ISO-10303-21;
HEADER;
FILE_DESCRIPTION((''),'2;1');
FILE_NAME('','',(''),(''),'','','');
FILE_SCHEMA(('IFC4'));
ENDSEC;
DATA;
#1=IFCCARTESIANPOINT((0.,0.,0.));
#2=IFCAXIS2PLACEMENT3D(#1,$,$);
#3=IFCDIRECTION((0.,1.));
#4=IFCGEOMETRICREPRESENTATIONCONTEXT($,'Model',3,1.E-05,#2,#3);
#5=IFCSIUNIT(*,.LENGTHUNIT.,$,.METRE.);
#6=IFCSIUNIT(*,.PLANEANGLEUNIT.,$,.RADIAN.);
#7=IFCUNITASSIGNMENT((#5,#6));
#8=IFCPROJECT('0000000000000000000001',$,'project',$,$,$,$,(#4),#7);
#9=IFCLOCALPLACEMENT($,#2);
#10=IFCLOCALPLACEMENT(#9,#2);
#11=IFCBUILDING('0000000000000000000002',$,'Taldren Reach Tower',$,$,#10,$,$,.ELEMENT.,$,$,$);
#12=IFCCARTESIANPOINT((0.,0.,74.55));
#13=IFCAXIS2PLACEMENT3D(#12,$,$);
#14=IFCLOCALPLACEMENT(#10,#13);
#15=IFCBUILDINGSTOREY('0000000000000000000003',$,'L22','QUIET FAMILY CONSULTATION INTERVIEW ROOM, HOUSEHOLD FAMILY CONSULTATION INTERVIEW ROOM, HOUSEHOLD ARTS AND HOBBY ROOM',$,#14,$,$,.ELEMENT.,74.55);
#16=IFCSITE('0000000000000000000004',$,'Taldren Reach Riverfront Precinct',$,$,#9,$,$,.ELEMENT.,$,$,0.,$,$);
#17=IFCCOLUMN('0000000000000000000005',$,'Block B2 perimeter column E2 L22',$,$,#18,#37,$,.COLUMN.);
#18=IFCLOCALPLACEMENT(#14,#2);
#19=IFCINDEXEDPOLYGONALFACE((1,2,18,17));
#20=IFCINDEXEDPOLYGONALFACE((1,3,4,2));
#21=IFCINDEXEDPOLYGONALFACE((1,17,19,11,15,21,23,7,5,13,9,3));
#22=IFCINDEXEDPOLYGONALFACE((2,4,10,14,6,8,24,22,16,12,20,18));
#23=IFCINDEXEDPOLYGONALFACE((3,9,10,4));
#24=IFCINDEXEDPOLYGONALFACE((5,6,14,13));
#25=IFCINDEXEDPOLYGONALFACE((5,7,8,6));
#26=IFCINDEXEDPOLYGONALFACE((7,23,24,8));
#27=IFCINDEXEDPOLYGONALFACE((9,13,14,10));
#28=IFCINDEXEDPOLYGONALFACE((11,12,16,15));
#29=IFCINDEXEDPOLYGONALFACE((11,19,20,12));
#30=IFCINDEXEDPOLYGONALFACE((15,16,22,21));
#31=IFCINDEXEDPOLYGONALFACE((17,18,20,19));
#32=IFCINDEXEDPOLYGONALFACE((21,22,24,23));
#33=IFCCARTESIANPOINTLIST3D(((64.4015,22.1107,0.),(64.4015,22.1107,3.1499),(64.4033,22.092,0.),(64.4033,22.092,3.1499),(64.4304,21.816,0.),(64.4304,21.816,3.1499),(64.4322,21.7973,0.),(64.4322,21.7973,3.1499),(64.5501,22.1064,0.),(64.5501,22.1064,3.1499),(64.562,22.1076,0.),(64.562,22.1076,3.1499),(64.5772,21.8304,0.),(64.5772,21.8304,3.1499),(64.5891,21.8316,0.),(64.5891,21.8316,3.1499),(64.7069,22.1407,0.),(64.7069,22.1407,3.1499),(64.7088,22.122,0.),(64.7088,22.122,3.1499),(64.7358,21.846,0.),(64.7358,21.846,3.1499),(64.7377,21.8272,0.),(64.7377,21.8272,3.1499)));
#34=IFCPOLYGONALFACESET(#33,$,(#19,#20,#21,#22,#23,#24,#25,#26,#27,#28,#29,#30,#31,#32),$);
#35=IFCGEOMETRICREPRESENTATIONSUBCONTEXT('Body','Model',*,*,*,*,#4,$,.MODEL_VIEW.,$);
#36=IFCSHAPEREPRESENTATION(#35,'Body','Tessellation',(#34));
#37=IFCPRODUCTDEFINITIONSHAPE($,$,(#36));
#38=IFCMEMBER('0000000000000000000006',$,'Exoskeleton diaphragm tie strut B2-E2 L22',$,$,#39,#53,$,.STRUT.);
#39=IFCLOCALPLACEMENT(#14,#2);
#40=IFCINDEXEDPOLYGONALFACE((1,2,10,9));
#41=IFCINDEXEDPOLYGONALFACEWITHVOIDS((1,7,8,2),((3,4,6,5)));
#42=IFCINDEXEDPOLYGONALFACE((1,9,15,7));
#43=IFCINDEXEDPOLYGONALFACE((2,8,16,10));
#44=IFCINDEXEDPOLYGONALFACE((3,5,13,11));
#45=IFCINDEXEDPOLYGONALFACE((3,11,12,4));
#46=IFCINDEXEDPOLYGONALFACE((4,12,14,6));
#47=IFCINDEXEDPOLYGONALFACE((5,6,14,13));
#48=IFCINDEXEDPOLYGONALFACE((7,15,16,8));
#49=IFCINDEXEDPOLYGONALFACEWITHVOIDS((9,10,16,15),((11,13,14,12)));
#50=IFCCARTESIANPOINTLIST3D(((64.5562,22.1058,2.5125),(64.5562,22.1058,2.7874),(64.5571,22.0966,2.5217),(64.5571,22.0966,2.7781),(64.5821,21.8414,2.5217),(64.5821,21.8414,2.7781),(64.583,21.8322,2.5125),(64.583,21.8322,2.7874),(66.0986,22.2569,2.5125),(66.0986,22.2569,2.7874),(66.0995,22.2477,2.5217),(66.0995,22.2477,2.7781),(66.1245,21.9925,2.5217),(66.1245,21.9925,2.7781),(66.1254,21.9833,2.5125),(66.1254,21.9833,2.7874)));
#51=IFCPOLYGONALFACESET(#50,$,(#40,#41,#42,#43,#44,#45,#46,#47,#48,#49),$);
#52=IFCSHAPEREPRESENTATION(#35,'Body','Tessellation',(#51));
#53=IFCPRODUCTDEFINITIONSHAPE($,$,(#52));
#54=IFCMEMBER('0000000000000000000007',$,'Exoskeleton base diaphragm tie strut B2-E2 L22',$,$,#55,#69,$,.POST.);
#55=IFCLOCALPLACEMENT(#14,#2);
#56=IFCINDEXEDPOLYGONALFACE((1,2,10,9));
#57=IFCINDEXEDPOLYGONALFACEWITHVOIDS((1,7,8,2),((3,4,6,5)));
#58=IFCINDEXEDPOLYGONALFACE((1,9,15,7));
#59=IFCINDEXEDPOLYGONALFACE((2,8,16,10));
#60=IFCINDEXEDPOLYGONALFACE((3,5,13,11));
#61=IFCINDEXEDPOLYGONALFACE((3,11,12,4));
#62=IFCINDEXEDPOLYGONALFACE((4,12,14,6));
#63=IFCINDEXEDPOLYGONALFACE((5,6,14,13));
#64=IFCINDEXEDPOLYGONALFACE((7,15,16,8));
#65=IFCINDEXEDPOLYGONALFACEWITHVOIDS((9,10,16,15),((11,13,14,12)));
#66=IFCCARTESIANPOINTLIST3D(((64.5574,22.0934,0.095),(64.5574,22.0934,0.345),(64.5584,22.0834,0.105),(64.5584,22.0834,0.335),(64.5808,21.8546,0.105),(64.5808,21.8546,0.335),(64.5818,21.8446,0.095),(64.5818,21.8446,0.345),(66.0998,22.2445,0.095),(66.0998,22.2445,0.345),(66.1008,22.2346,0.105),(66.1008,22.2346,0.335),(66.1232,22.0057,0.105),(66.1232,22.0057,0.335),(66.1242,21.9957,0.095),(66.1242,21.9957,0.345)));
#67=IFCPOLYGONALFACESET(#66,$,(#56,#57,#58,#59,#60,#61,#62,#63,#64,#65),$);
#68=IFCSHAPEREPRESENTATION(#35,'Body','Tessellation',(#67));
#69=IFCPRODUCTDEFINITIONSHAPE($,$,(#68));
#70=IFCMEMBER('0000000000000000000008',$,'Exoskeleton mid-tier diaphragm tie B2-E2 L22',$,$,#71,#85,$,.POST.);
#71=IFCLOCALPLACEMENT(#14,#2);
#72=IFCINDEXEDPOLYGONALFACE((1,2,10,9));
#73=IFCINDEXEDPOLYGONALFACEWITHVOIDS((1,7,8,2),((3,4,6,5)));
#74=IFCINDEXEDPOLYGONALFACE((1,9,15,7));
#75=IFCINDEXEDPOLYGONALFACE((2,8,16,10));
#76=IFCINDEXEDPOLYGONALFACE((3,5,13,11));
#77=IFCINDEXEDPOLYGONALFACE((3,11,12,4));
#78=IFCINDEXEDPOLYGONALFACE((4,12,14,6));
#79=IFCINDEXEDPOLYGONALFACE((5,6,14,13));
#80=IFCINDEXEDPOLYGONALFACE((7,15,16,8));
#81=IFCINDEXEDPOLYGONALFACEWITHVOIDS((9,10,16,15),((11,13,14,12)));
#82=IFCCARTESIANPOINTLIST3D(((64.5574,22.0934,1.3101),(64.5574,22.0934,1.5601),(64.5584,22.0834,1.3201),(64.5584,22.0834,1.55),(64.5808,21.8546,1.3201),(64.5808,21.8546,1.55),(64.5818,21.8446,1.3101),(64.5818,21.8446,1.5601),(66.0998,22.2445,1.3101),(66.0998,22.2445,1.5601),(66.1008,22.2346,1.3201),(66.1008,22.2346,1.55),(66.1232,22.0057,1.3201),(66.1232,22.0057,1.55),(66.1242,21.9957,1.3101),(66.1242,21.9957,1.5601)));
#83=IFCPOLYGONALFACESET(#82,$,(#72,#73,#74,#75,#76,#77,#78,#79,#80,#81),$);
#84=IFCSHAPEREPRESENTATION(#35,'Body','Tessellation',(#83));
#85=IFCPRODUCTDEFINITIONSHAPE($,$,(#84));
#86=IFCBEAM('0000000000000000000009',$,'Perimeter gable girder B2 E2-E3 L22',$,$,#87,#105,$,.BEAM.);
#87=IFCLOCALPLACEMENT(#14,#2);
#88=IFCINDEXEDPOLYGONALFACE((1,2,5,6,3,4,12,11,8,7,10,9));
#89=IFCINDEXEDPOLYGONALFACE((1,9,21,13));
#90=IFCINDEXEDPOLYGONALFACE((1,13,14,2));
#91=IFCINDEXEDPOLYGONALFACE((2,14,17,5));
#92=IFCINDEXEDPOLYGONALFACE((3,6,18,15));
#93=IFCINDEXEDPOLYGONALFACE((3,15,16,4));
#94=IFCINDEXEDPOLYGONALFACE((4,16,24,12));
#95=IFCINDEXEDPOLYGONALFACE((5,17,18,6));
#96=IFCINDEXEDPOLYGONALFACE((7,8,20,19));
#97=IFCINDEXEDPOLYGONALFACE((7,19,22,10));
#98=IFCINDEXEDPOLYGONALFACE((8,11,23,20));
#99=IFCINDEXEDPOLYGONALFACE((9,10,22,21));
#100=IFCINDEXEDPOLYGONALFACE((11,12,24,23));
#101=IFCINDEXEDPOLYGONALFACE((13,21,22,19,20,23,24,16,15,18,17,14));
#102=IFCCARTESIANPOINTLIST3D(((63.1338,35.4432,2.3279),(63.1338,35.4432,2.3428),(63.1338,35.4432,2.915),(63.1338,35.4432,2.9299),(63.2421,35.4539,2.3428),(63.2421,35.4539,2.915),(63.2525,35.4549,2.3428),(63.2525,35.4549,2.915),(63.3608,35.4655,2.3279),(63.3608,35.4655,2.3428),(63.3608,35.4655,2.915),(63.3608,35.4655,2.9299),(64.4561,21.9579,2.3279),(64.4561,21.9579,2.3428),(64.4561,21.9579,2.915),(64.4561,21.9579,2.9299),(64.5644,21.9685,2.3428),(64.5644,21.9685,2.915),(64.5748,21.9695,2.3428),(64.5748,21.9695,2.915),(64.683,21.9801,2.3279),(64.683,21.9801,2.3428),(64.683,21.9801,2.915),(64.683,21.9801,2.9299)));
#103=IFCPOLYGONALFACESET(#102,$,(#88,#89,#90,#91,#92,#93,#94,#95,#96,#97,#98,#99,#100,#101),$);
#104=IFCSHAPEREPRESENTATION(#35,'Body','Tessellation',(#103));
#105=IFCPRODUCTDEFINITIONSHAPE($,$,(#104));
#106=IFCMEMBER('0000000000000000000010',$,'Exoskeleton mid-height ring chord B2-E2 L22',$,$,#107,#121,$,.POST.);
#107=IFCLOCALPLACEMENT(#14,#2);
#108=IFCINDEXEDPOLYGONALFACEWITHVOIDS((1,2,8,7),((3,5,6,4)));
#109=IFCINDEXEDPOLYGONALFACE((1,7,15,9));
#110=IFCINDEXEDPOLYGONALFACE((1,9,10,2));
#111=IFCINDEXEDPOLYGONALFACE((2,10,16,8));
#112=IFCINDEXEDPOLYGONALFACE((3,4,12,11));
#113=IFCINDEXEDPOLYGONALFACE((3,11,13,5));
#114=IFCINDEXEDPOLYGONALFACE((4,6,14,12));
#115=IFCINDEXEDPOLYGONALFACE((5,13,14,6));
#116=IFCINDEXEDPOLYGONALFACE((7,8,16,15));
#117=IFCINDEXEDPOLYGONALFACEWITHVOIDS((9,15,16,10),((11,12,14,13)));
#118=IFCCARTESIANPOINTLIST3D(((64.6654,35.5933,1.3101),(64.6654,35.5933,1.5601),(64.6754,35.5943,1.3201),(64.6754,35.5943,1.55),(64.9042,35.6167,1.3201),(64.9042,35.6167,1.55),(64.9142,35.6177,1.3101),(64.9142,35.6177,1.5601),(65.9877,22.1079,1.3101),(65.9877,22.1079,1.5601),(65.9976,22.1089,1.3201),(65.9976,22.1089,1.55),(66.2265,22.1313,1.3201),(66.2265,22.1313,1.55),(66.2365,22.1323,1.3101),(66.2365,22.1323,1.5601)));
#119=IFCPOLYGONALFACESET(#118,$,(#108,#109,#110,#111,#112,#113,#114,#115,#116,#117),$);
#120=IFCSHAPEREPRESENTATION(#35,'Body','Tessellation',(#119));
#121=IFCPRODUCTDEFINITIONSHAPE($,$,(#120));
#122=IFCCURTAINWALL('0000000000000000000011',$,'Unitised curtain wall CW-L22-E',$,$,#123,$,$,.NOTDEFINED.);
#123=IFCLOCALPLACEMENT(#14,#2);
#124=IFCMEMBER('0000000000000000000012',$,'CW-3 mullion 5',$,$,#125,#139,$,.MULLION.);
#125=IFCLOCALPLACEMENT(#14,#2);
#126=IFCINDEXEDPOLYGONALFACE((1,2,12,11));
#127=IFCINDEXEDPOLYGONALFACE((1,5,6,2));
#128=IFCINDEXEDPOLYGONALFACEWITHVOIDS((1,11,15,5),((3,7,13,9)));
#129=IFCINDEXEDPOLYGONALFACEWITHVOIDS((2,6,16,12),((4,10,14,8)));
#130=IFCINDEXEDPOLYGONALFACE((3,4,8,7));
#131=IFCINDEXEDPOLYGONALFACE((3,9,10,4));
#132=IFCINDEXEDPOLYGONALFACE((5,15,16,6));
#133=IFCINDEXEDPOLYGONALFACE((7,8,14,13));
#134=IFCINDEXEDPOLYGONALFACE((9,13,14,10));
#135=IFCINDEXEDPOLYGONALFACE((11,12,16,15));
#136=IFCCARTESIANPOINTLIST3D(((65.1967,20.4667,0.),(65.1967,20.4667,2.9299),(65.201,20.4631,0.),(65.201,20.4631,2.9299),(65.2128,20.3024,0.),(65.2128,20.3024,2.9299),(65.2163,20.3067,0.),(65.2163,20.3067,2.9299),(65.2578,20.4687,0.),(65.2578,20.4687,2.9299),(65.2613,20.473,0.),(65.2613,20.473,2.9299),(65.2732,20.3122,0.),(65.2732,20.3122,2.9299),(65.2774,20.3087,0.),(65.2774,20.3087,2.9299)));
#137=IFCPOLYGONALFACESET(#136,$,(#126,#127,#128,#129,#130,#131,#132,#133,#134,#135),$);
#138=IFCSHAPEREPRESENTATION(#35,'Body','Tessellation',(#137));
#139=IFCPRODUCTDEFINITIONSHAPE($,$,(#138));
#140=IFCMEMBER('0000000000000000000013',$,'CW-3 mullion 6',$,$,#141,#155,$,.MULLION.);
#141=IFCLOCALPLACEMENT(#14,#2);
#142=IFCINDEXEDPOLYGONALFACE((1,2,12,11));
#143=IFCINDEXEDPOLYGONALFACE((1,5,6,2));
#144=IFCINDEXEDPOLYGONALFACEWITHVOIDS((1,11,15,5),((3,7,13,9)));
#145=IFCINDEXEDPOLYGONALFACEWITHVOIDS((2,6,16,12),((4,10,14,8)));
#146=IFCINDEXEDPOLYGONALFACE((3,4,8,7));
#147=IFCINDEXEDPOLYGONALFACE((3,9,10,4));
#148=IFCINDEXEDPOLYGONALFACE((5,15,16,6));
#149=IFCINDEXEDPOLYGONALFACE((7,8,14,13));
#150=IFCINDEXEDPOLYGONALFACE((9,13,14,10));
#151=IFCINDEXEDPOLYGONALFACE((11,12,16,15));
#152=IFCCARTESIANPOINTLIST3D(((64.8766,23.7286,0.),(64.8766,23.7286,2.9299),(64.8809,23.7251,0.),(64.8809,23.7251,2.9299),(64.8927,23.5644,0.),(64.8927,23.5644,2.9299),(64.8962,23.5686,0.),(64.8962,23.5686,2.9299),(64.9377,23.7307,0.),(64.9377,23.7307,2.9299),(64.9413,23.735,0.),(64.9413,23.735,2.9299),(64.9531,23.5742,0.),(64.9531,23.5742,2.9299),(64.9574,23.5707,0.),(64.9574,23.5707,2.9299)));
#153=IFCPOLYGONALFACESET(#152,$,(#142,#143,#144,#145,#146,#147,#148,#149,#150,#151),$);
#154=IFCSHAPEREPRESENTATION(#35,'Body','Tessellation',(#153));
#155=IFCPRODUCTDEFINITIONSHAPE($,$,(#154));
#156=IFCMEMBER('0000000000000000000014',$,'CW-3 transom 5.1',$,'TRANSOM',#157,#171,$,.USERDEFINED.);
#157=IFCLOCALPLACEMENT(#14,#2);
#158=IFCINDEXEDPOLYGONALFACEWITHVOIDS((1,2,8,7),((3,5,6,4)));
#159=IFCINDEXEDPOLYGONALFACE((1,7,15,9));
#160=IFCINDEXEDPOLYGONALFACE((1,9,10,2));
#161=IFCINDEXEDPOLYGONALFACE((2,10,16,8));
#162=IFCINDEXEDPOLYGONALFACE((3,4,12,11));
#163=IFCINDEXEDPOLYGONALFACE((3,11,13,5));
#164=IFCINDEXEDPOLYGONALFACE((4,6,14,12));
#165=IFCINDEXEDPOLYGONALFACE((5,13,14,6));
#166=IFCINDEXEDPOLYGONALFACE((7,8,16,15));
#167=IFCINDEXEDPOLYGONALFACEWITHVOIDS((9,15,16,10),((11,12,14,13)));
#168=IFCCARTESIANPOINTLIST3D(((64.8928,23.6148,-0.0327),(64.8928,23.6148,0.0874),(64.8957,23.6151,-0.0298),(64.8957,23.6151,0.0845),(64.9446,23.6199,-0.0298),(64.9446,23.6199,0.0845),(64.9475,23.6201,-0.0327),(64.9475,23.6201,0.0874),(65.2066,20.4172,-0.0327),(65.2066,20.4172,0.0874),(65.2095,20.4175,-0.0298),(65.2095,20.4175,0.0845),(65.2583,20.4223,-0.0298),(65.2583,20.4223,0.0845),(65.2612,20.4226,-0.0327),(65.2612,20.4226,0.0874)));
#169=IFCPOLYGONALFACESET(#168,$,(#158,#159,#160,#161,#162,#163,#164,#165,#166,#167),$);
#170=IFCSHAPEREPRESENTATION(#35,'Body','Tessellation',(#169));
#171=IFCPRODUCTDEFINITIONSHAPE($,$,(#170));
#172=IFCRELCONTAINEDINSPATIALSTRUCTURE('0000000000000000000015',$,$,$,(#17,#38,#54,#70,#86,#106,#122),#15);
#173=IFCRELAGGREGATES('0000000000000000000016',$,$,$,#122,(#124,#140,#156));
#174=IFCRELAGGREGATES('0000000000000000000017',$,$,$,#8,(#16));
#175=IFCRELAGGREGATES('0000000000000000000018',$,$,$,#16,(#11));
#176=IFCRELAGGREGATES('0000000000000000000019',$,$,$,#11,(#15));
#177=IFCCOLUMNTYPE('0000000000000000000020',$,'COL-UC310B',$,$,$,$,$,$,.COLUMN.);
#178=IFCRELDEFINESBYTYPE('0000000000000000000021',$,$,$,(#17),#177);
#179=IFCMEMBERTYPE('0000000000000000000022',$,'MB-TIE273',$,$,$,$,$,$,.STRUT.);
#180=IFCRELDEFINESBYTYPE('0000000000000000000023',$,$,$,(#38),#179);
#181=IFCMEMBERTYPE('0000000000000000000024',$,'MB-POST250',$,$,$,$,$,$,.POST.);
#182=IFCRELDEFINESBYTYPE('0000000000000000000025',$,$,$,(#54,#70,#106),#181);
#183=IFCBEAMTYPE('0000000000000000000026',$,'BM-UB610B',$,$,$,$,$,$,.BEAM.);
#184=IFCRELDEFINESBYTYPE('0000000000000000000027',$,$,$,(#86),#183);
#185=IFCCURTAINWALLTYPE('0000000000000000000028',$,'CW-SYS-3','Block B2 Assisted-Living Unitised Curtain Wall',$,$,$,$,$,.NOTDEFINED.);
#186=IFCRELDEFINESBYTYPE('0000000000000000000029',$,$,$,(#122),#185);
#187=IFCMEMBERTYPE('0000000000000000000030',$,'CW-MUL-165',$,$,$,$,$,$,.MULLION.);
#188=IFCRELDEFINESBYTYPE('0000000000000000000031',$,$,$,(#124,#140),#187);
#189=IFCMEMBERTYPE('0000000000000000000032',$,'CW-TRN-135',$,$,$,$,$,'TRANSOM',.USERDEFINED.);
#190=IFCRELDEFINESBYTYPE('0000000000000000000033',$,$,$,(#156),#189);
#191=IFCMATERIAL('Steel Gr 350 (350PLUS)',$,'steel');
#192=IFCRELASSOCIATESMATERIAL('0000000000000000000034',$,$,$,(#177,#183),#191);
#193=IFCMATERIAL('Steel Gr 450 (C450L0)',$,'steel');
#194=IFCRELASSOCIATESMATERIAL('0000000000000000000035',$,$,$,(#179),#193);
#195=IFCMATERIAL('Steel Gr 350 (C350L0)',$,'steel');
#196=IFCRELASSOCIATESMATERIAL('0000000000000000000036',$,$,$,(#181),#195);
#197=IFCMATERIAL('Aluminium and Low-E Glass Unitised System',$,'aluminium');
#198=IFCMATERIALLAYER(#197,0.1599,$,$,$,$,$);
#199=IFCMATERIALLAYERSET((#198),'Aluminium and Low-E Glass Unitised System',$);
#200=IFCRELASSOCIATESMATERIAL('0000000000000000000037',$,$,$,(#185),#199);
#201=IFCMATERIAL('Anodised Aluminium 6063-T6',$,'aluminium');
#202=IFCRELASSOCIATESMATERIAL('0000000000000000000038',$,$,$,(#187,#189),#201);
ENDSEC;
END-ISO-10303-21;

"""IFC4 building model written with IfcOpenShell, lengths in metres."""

from ifc_helpers import new_model, si_unit, direction, frame, origin, origin_2d, place, context, subcontext, project, spatial, hollow_rectangle, i_section, extrude, source, transform, mapped, material, layer, layer_set, material_profile, profile_set, type_object, element, aggregate, save


model = new_model("IFC4")

# Units and contexts
model_context = context("Model", 3, precision=1e-05, world=origin(), true_north=direction((0.0, 1.0)))
body_context = subcontext(model_context, "Body", "Model", "MODEL_VIEW")
ifc_project = project(units=[si_unit("LENGTHUNIT", "METRE"), si_unit("PLANEANGLEUNIT", "RADIAN")], contexts=[model_context])

# Site, building, storey
site_placement = place(None, origin())
site = spatial("IfcSite", under=ifc_project, at=site_placement, Name="Taldren Reach Riverfront Precinct", CompositionType="ELEMENT", RefElevation=0.0)
building_placement = place(site_placement, origin())
building = spatial("IfcBuilding", under=site, at=building_placement, Name="Taldren Reach Tower", CompositionType="ELEMENT")
storey_placement = place(building_placement, frame((0.0, 0.0, 74.55)))
storey = spatial("IfcBuildingStorey", under=building, at=storey_placement, Name="L22", Description="QUIET FAMILY CONSULTATION INTERVIEW ROOM, HOUSEHOLD FAMILY CONSULTATION INTERVIEW ROOM, HOUSEHOLD ARTS AND HOBBY ROOM", CompositionType="ELEMENT", Elevation=74.55)

# Column
ifc_material_1 = material(Name="Steel Gr 350 (350PLUS)", Category="steel")
ifc_material_profile_1 = material_profile(ifc_material_1, i_section(OverallWidth=0.3069, OverallDepth=0.3149, WebThickness=0.012, FlangeThickness=0.0188, at=origin_2d()), Name="310UC118")
ifc_profile_set_1 = profile_set([ifc_material_profile_1], Name="Steel Gr 350 (350PLUS)")
column_type = type_object("IfcColumnType", Name="COL-UC310B", PredefinedType="COLUMN", material=ifc_profile_set_1)
shared_shape_1 = source(origin(), body_context, "Body", "SweptSolid", [
    extrude(i_section(OverallWidth=0.3069, OverallDepth=0.3149, WebThickness=0.012, FlangeThickness=0.0188, at=origin_2d()), origin(), (0.0, 0.0, 1.0), 3.1499),
])
column_placement = place(storey_placement, frame((64.5696, 21.969, 0.0), z_axis=(0.0, 0.0, 1.0), x_axis=(0.995227, 0.097583, 0.0)))
element("IfcColumn", 1, at=column_placement, inside=storey, type_object=column_type, Name="Block B2 perimeter column E2 L22", PredefinedType="COLUMN", context=body_context, shape_type="MappedRepresentation", body=[
    mapped(shared_shape_1, transform((0.0, 0.0, 0.0), scale=1.0)),
])

# Members
ifc_material_2 = material(Name="Steel Gr 450 (C450L0)", Category="steel")
ifc_material_profile_2 = material_profile(ifc_material_2, hollow_rectangle(XDim=0.2749, YDim=0.2749, WallThickness=0.0093, at=origin_2d()), Name="275x275x9.3SHS")
ifc_profile_set_2 = profile_set([ifc_material_profile_2], Name="Steel Gr 450 (C450L0)")
member_type_1 = type_object("IfcMemberType", Name="MB-TIE273", PredefinedType="STRUT", material=ifc_profile_set_2)
shared_shape_2 = source(origin(), body_context, "Body", "SweptSolid", [
    extrude(hollow_rectangle(XDim=0.2749, YDim=0.2749, WallThickness=0.0093, at=origin_2d()), origin(), (0.0, 0.0, 1.0), 1.5498),
])
member_1_placement = place(storey_placement, frame((64.5696, 21.969, 2.6499), z_axis=(0.995235, 0.097507, 0.0), x_axis=(-0.097507, 0.995235, 0.0)))
element("IfcMember", 2, at=member_1_placement, inside=storey, type_object=member_type_1, Name="Exoskeleton diaphragm tie strut B2-E2 L22", PredefinedType="STRUT", context=body_context, shape_type="MappedRepresentation", body=[
    mapped(shared_shape_2, transform((0.0, 0.0, 0.0), scale=1.0)),
])
ifc_material_3 = material(Name="Steel Gr 350 (C350L0)", Category="steel")
ifc_material_profile_3 = material_profile(ifc_material_3, hollow_rectangle(XDim=0.25, YDim=0.25, WallThickness=0.01, at=origin_2d()), Name="250x250x10.0SHS")
ifc_profile_set_3 = profile_set([ifc_material_profile_3], Name="Steel Gr 350 (C350L0)")
member_type_2 = type_object("IfcMemberType", Name="MB-POST250", PredefinedType="POST", material=ifc_profile_set_3)
shared_shape_3 = source(origin(), body_context, "Body", "SweptSolid", [
    extrude(hollow_rectangle(XDim=0.25, YDim=0.25, WallThickness=0.01, at=origin_2d()), origin(), (0.0, 0.0, 1.0), 1.5498),
])
for number, where, z_axis, x_axis, name in (
    (3, (64.5696, 21.969, 0.22), (0.995235, 0.097507, 0.0), (-0.097507, 0.995235, 0.0), "Exoskeleton base diaphragm tie strut B2-E2 L22"),
    (4, (64.5696, 21.969, 1.4351), (0.995235, 0.097507, 0.0), (-0.097507, 0.995235, 0.0), "Exoskeleton mid-tier diaphragm tie B2-E2 L22"),
):
    element("IfcMember", number, at=place(storey_placement, frame(where, z_axis=z_axis, x_axis=x_axis)), inside=storey, type_object=member_type_2, Name=name, PredefinedType="POST", context=body_context, shape_type="MappedRepresentation", body=[
        mapped(shared_shape_3, transform((0.0, 0.0, 0.0), scale=1.0)),
    ])

# Beam
ifc_material_profile_4 = material_profile(ifc_material_1, i_section(OverallWidth=0.228, OverallDepth=0.6021, WebThickness=0.0105, FlangeThickness=0.0149, at=origin_2d()), Name="610UB101")
ifc_profile_set_4 = profile_set([ifc_material_profile_4], Name="Steel Gr 350 (350PLUS)")
beam_type = type_object("IfcBeamType", Name="BM-UB610B", PredefinedType="BEAM", material=ifc_profile_set_4)
shared_shape_4 = source(origin(), body_context, "Body", "SweptSolid", [
    extrude(i_section(OverallWidth=0.228, OverallDepth=0.6021, WebThickness=0.0105, FlangeThickness=0.0149, at=origin_2d()), origin(), (0.0, 0.0, 1.0), 13.55),
])
beam_placement = place(storey_placement, frame((64.5696, 21.969, 2.6289), z_axis=(-0.097584, 0.995227, 0.0), x_axis=(-0.995227, -0.097584, 0.0)))
element("IfcBeam", 5, at=beam_placement, inside=storey, type_object=beam_type, Name="Perimeter gable girder B2 E2-E3 L22", PredefinedType="BEAM", context=body_context, shape_type="MappedRepresentation", body=[
    mapped(shared_shape_4, transform((0.0, 0.0, 0.0), scale=1.0)),
])

# Member
shared_shape_5 = source(origin(), body_context, "Body", "SweptSolid", [
    extrude(hollow_rectangle(XDim=0.25, YDim=0.25, WallThickness=0.01, at=origin_2d()), origin(), (0.0, 0.0, 1.0), 13.55),
])
member_2_placement = place(storey_placement, frame((66.1121, 22.1201, 1.4351), z_axis=(-0.097584, 0.995227, 0.0), x_axis=(-0.995227, -0.097584, 0.0)))
element("IfcMember", 6, at=member_2_placement, inside=storey, type_object=member_type_2, Name="Exoskeleton mid-height ring chord B2-E2 L22", PredefinedType="POST", context=body_context, shape_type="MappedRepresentation", body=[
    mapped(shared_shape_5, transform((0.0, 0.0, 0.0), scale=1.0)),
])

# Curtain wall, members
ifc_material_4 = material(Name="Aluminium and Low-E Glass Unitised System", Category="aluminium")
ifc_layer_1 = layer(ifc_material_4, 0.1599)
ifc_layer_set_1 = layer_set([ifc_layer_1], Name="Aluminium and Low-E Glass Unitised System")
curtain_wall_type = type_object("IfcCurtainWallType", Name="CW-SYS-3", Description="Block B2 Assisted-Living Unitised Curtain Wall", PredefinedType="NOTDEFINED", material=ifc_layer_set_1)
curtain_wall_placement = place(storey_placement, origin())
curtain_wall = element("IfcCurtainWall", 7, at=curtain_wall_placement, inside=storey, type_object=curtain_wall_type, Name="Unitised curtain wall CW-L22-E", PredefinedType="NOTDEFINED")
ifc_material_5 = material(Name="Anodised Aluminium 6063-T6", Category="aluminium")
ifc_material_profile_5 = material_profile(ifc_material_5, hollow_rectangle(XDim=0.0649, YDim=0.165, WallThickness=0.0039, at=origin_2d()), Name="ALU-165x65x4RHS")
ifc_profile_set_5 = profile_set([ifc_material_profile_5], Name="Anodised Aluminium 6063-T6")
member_type_3 = type_object("IfcMemberType", Name="CW-MUL-165", PredefinedType="MULLION", material=ifc_profile_set_5)
shared_shape_6 = source(origin(), body_context, "Body", "SweptSolid", [
    extrude(hollow_rectangle(XDim=0.0649, YDim=0.165, WallThickness=0.0039, at=origin_2d()), origin(), (0.0, 0.0, 1.0), 2.9299),
])
member_3_placement = place(storey_placement, frame((65.2371, 20.3877, 0.0), z_axis=(0.0, 0.0, 1.0), x_axis=(-0.995227, -0.097583, 0.0)))
member_3 = element("IfcMember", 8, at=member_3_placement, type_object=member_type_3, Name="CW-3 mullion 5", PredefinedType="MULLION", context=body_context, shape_type="MappedRepresentation", body=[
    mapped(shared_shape_6, transform((0.0, 0.0, 0.0), scale=1.0)),
])
member_4_placement = place(storey_placement, frame((64.917, 23.6497, 0.0), z_axis=(0.0, 0.0, 1.0), x_axis=(-0.995227, -0.097583, 0.0)))
member_4 = element("IfcMember", 9, at=member_4_placement, type_object=member_type_3, Name="CW-3 mullion 6", PredefinedType="MULLION", context=body_context, shape_type="MappedRepresentation", body=[
    mapped(shared_shape_6, transform((0.0, 0.0, 0.0), scale=1.0)),
])
ifc_material_profile_6 = material_profile(ifc_material_5, hollow_rectangle(XDim=0.0549, YDim=0.1201, WallThickness=0.0029, at=origin_2d()), Name="ALU-120x55x3RHS")
ifc_profile_set_6 = profile_set([ifc_material_profile_6], Name="Anodised Aluminium 6063-T6")
member_type_4 = type_object("IfcMemberType", Name="CW-TRN-135", ElementType="TRANSOM", PredefinedType="USERDEFINED", material=ifc_profile_set_6)
shared_shape_7 = source(origin(), body_context, "Body", "SweptSolid", [
    extrude(hollow_rectangle(XDim=0.0549, YDim=0.1201, WallThickness=0.0029, at=origin_2d()), origin(), (0.0, 0.0, 1.0), 3.2129),
])
member_5_placement = place(storey_placement, frame((65.2339, 20.4199, 0.0273), z_axis=(-0.097645, 0.995221, 0.0), x_axis=(-0.995221, -0.097645, 0.0)))
member_5 = element("IfcMember", 10, at=member_5_placement, type_object=member_type_4, Name="CW-3 transom 5.1", ObjectType="TRANSOM", PredefinedType="USERDEFINED", context=body_context, shape_type="MappedRepresentation", body=[
    mapped(shared_shape_7, transform((0.0, 0.0, 0.0), scale=1.0)),
])

aggregate(curtain_wall, [member_3, member_4, member_5])

save(model, "model.ifc")
